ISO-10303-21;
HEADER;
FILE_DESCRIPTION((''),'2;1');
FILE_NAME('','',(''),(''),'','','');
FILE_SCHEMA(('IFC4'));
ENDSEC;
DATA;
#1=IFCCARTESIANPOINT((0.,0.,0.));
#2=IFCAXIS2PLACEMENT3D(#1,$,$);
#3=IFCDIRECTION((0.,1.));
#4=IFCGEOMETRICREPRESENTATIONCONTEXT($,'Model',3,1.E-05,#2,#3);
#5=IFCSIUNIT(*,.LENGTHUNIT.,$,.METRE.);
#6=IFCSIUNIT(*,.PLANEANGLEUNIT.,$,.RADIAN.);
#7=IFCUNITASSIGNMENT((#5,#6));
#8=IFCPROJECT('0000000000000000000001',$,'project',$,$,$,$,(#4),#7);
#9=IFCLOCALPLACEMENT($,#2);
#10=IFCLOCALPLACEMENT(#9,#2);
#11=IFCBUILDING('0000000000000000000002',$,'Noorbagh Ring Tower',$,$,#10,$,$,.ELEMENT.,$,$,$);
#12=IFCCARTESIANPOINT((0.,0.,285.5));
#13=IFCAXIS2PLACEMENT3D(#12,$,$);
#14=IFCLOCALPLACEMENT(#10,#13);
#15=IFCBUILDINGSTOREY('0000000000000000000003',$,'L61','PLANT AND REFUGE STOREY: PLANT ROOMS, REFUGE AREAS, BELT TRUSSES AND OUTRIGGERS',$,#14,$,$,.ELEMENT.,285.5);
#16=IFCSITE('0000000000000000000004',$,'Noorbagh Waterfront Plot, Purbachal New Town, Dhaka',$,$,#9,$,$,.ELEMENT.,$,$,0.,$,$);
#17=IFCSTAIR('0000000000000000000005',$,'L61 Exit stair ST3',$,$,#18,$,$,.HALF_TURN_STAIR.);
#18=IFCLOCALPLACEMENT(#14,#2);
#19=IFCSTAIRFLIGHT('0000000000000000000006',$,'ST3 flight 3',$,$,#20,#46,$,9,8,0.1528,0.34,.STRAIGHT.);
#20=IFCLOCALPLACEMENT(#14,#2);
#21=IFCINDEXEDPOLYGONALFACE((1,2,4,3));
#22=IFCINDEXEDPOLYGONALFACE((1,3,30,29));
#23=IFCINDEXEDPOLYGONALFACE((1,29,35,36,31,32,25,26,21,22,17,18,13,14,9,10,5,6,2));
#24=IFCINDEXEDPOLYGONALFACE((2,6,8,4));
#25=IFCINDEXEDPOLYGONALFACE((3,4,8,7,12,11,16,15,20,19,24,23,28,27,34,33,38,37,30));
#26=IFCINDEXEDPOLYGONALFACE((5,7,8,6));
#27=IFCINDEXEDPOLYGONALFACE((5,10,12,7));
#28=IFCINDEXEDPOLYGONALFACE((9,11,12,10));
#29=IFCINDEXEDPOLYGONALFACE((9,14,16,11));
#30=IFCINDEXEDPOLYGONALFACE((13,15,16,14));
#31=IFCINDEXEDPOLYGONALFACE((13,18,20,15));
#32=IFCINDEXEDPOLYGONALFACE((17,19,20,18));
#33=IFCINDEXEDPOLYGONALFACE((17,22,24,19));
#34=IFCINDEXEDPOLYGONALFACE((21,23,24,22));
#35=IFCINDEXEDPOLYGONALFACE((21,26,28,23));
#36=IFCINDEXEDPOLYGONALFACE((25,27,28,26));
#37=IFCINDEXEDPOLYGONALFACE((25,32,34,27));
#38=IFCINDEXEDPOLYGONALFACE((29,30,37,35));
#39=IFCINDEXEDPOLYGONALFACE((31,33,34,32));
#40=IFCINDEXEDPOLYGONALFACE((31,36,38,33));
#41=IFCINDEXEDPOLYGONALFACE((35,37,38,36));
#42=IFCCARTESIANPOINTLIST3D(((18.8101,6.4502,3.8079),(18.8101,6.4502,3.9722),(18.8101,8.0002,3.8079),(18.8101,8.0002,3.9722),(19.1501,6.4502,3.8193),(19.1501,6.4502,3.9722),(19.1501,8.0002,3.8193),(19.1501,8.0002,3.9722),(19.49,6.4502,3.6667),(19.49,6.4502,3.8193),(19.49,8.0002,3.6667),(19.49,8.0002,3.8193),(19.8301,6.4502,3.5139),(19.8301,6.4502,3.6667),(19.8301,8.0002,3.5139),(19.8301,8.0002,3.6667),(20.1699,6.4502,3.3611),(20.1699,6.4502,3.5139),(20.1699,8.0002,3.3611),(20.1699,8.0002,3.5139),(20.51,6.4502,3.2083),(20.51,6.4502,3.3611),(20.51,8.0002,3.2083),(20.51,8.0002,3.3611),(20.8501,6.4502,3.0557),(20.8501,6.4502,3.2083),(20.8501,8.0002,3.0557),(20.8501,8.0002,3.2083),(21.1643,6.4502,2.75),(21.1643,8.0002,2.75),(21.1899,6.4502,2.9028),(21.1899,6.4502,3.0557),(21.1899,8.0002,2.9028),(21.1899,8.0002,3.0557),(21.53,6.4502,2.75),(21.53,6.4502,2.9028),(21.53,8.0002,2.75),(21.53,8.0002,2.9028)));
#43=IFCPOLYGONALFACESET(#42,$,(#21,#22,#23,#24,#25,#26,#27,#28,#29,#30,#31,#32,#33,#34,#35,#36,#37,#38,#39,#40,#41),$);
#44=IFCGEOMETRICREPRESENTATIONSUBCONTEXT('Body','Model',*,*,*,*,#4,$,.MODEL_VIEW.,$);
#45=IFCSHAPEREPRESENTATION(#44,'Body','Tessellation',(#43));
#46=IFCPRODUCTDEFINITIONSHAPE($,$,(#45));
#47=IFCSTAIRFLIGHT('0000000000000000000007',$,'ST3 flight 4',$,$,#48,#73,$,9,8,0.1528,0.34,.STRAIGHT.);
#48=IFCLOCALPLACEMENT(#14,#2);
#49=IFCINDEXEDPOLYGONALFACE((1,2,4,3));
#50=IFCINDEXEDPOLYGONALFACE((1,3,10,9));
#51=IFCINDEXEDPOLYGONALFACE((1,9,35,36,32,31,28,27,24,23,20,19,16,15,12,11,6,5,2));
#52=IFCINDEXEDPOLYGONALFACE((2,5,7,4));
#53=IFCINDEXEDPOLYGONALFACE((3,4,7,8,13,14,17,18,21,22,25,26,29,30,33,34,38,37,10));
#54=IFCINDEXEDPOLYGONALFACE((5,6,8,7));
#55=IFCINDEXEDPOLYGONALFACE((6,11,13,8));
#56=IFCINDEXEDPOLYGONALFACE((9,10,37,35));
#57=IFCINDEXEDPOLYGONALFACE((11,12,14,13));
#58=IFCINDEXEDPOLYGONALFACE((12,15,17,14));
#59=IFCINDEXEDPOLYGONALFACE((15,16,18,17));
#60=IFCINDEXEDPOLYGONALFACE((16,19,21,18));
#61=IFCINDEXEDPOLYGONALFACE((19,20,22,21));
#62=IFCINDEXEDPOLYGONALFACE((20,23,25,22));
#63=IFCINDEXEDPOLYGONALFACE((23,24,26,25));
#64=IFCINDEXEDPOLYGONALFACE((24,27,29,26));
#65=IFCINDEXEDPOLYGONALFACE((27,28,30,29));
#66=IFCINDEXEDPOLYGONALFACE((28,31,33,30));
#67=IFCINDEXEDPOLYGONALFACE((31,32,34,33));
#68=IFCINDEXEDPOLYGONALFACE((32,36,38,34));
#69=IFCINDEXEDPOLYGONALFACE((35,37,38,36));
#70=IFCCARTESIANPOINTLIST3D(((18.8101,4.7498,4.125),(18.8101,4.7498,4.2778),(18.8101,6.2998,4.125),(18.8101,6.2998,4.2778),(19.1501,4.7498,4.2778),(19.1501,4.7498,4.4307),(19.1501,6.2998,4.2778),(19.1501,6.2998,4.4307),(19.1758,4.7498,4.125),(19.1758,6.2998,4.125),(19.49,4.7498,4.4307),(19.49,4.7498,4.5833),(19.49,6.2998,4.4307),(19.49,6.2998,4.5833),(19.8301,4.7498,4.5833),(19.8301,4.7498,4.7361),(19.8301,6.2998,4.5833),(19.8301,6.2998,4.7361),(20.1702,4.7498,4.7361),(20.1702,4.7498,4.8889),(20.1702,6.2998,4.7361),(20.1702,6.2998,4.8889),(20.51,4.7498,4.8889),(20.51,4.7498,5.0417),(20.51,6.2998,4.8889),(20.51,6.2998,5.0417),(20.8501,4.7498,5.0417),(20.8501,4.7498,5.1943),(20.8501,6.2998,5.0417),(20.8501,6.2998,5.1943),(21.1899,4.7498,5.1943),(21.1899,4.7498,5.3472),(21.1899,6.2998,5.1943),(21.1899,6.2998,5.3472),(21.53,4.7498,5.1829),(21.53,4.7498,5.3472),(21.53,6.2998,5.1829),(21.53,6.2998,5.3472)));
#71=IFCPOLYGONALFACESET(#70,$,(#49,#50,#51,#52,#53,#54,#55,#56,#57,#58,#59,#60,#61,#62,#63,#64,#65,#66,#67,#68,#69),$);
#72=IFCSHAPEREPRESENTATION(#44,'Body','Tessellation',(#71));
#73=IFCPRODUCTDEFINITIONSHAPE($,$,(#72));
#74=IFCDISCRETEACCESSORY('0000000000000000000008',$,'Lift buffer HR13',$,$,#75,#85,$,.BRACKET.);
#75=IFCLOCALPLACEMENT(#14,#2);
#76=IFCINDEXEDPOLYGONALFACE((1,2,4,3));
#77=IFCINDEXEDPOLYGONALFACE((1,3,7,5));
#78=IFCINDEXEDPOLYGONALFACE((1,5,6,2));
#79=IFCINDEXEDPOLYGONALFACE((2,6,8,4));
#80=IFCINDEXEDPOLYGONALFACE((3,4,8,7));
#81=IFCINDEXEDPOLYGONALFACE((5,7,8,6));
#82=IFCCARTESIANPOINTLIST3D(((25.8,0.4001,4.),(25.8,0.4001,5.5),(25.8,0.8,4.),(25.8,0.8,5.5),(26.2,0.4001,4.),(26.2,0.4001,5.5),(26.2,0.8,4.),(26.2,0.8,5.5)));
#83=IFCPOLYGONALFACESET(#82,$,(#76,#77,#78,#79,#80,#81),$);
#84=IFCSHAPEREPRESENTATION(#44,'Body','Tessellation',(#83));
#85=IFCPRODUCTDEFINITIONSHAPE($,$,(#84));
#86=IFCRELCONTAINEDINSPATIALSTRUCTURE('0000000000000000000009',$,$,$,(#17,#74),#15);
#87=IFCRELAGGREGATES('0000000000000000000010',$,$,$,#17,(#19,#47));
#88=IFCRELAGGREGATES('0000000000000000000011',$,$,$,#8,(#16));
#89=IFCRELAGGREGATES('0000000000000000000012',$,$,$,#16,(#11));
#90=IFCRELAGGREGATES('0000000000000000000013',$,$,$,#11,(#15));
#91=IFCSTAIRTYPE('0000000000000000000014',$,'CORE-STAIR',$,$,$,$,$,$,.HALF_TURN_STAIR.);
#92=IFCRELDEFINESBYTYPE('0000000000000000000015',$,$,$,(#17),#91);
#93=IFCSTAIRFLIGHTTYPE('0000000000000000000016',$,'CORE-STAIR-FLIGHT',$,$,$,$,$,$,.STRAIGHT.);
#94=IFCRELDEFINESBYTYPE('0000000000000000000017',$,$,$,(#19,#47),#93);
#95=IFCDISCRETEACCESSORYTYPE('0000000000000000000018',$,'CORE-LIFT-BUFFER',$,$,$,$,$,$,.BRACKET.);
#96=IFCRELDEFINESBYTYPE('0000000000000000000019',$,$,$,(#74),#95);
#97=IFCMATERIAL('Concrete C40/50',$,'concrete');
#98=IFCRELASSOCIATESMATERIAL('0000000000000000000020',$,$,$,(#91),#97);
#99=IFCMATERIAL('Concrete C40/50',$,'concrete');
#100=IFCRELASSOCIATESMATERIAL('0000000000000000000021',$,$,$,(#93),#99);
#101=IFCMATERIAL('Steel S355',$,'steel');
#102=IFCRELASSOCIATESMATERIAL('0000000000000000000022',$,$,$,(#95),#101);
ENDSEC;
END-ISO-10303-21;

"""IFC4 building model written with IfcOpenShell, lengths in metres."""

from ifc_helpers import new_model, si_unit, direction, frame, origin, origin_2d, place, context, subcontext, project, spatial, polyline, rectangle, outline, extrude, material, type_object, element, aggregate, save


model = new_model("IFC4")

# Units and contexts
model_context = context("Model", 3, precision=1e-05, world=origin(), true_north=direction((0.0, 1.0)))
body_context = subcontext(model_context, "Body", "Model", "MODEL_VIEW")
ifc_project = project(units=[si_unit("LENGTHUNIT", "METRE"), si_unit("PLANEANGLEUNIT", "RADIAN")], contexts=[model_context])

# Site, building, storey
site_placement = place(None, origin())
site = spatial("IfcSite", under=ifc_project, at=site_placement, Name="Noorbagh Waterfront Plot, Purbachal New Town, Dhaka", CompositionType="ELEMENT", RefElevation=0.0)
building_placement = place(site_placement, origin())
building = spatial("IfcBuilding", under=site, at=building_placement, Name="Noorbagh Ring Tower", CompositionType="ELEMENT")
storey_placement = place(building_placement, frame((0.0, 0.0, 285.5)))
storey = spatial("IfcBuildingStorey", under=building, at=storey_placement, Name="L61", Description="PLANT AND REFUGE STOREY: PLANT ROOMS, REFUGE AREAS, BELT TRUSSES AND OUTRIGGERS", CompositionType="ELEMENT", Elevation=285.5)

# Stair, stair flights
ifc_material_1 = material(Name="Concrete C40/50", Category="concrete")
stair_type = type_object("IfcStairType", Name="CORE-STAIR", PredefinedType="HALF_TURN_STAIR", material=ifc_material_1)
stair_placement = place(storey_placement, origin())
stair = element("IfcStair", 1, at=stair_placement, inside=storey, type_object=stair_type, Name="L61 Exit stair ST3", PredefinedType="HALF_TURN_STAIR")
ifc_material_2 = material(Name="Concrete C40/50", Category="concrete")
stair_flight_type = type_object("IfcStairFlightType", Name="CORE-STAIR-FLIGHT", PredefinedType="STRAIGHT", material=ifc_material_2)
stair_flight_1_placement = place(storey_placement, frame((21.53, 7.2251, 2.75), z_axis=(0.0, 0.0, 1.0), x_axis=(-1.0, 0.0, 0.0)))
stair_flight_1 = element("IfcStairFlight", 2, at=stair_flight_1_placement, type_object=stair_flight_type, Name="ST3 flight 3", NumberOfRisers=9, NumberOfTreads=8, PredefinedType="STRAIGHT", RiserHeight=0.1528, TreadLength=0.34, context=body_context, shape_type="SweptSolid", body=[
    extrude(outline(polyline([(0.0, 0.0), (0.0, 0.1528), (0.3401, 0.1528), (0.3401, 0.3057), (0.6799, 0.3057), (0.6799, 0.4583), (1.02, 0.4583), (1.02, 0.6111), (1.3601, 0.6111), (1.3601, 0.7639), (1.7, 0.7639), (1.7, 0.9167), (2.04, 0.9167), (2.04, 1.0693), (2.3799, 1.0693), (2.3799, 1.2222), (2.72, 1.2222), (2.72, 1.375), (2.72, 1.0579), (0.3657, 0.0), (0.0, 0.0)])), frame((0.0, 0.7749, 0.0), z_axis=(0.0, -1.0, 0.0), x_axis=(1.0, 0.0, 0.0)), (0.0, 0.0, 1.0), 1.55),
])
stair_flight_2_placement = place(storey_placement, frame((18.8101, 5.5249, 4.125), z_axis=(0.0, 0.0, 1.0), x_axis=(1.0, 0.0, 0.0)))
stair_flight_2 = element("IfcStairFlight", 3, at=stair_flight_2_placement, type_object=stair_flight_type, Name="ST3 flight 4", NumberOfRisers=9, NumberOfTreads=8, PredefinedType="STRAIGHT", RiserHeight=0.1528, TreadLength=0.34, context=body_context, shape_type="SweptSolid", body=[
    extrude(outline(polyline([(0.0, 0.0), (0.0, 0.1528), (0.3401, 0.1528), (0.3401, 0.3057), (0.6799, 0.3057), (0.6799, 0.4583), (1.02, 0.4583), (1.02, 0.6111), (1.3601, 0.6111), (1.3601, 0.7639), (1.7, 0.7639), (1.7, 0.9167), (2.04, 0.9167), (2.04, 1.0693), (2.3799, 1.0693), (2.3799, 1.2222), (2.72, 1.2222), (2.72, 1.375), (2.72, 1.0579), (0.3657, 0.0), (0.0, 0.0)])), frame((0.0, 0.7749, 0.0), z_axis=(0.0, -1.0, 0.0), x_axis=(1.0, 0.0, 0.0)), (0.0, 0.0, 1.0), 1.55),
])
aggregate(stair, [stair_flight_1, stair_flight_2])

# Discrete accessory
ifc_material_3 = material(Name="Steel S355", Category="steel")
discrete_accessory_type = type_object("IfcDiscreteAccessoryType", Name="CORE-LIFT-BUFFER", PredefinedType="BRACKET", material=ifc_material_3)
discrete_accessory_placement = place(storey_placement, frame((26.0, 0.6001, 4.0), z_axis=(0.0, 0.0, 1.0), x_axis=(1.0, 0.0, 0.0)))
element("IfcDiscreteAccessory", 4, at=discrete_accessory_placement, inside=storey, type_object=discrete_accessory_type, Name="Lift buffer HR13", PredefinedType="BRACKET", context=body_context, shape_type="SweptSolid", body=[
    extrude(rectangle(XDim=0.3999, YDim=0.3999, at=origin_2d()), origin(), (0.0, 0.0, 1.0), 1.5),
])

save(model, "model.ifc")
